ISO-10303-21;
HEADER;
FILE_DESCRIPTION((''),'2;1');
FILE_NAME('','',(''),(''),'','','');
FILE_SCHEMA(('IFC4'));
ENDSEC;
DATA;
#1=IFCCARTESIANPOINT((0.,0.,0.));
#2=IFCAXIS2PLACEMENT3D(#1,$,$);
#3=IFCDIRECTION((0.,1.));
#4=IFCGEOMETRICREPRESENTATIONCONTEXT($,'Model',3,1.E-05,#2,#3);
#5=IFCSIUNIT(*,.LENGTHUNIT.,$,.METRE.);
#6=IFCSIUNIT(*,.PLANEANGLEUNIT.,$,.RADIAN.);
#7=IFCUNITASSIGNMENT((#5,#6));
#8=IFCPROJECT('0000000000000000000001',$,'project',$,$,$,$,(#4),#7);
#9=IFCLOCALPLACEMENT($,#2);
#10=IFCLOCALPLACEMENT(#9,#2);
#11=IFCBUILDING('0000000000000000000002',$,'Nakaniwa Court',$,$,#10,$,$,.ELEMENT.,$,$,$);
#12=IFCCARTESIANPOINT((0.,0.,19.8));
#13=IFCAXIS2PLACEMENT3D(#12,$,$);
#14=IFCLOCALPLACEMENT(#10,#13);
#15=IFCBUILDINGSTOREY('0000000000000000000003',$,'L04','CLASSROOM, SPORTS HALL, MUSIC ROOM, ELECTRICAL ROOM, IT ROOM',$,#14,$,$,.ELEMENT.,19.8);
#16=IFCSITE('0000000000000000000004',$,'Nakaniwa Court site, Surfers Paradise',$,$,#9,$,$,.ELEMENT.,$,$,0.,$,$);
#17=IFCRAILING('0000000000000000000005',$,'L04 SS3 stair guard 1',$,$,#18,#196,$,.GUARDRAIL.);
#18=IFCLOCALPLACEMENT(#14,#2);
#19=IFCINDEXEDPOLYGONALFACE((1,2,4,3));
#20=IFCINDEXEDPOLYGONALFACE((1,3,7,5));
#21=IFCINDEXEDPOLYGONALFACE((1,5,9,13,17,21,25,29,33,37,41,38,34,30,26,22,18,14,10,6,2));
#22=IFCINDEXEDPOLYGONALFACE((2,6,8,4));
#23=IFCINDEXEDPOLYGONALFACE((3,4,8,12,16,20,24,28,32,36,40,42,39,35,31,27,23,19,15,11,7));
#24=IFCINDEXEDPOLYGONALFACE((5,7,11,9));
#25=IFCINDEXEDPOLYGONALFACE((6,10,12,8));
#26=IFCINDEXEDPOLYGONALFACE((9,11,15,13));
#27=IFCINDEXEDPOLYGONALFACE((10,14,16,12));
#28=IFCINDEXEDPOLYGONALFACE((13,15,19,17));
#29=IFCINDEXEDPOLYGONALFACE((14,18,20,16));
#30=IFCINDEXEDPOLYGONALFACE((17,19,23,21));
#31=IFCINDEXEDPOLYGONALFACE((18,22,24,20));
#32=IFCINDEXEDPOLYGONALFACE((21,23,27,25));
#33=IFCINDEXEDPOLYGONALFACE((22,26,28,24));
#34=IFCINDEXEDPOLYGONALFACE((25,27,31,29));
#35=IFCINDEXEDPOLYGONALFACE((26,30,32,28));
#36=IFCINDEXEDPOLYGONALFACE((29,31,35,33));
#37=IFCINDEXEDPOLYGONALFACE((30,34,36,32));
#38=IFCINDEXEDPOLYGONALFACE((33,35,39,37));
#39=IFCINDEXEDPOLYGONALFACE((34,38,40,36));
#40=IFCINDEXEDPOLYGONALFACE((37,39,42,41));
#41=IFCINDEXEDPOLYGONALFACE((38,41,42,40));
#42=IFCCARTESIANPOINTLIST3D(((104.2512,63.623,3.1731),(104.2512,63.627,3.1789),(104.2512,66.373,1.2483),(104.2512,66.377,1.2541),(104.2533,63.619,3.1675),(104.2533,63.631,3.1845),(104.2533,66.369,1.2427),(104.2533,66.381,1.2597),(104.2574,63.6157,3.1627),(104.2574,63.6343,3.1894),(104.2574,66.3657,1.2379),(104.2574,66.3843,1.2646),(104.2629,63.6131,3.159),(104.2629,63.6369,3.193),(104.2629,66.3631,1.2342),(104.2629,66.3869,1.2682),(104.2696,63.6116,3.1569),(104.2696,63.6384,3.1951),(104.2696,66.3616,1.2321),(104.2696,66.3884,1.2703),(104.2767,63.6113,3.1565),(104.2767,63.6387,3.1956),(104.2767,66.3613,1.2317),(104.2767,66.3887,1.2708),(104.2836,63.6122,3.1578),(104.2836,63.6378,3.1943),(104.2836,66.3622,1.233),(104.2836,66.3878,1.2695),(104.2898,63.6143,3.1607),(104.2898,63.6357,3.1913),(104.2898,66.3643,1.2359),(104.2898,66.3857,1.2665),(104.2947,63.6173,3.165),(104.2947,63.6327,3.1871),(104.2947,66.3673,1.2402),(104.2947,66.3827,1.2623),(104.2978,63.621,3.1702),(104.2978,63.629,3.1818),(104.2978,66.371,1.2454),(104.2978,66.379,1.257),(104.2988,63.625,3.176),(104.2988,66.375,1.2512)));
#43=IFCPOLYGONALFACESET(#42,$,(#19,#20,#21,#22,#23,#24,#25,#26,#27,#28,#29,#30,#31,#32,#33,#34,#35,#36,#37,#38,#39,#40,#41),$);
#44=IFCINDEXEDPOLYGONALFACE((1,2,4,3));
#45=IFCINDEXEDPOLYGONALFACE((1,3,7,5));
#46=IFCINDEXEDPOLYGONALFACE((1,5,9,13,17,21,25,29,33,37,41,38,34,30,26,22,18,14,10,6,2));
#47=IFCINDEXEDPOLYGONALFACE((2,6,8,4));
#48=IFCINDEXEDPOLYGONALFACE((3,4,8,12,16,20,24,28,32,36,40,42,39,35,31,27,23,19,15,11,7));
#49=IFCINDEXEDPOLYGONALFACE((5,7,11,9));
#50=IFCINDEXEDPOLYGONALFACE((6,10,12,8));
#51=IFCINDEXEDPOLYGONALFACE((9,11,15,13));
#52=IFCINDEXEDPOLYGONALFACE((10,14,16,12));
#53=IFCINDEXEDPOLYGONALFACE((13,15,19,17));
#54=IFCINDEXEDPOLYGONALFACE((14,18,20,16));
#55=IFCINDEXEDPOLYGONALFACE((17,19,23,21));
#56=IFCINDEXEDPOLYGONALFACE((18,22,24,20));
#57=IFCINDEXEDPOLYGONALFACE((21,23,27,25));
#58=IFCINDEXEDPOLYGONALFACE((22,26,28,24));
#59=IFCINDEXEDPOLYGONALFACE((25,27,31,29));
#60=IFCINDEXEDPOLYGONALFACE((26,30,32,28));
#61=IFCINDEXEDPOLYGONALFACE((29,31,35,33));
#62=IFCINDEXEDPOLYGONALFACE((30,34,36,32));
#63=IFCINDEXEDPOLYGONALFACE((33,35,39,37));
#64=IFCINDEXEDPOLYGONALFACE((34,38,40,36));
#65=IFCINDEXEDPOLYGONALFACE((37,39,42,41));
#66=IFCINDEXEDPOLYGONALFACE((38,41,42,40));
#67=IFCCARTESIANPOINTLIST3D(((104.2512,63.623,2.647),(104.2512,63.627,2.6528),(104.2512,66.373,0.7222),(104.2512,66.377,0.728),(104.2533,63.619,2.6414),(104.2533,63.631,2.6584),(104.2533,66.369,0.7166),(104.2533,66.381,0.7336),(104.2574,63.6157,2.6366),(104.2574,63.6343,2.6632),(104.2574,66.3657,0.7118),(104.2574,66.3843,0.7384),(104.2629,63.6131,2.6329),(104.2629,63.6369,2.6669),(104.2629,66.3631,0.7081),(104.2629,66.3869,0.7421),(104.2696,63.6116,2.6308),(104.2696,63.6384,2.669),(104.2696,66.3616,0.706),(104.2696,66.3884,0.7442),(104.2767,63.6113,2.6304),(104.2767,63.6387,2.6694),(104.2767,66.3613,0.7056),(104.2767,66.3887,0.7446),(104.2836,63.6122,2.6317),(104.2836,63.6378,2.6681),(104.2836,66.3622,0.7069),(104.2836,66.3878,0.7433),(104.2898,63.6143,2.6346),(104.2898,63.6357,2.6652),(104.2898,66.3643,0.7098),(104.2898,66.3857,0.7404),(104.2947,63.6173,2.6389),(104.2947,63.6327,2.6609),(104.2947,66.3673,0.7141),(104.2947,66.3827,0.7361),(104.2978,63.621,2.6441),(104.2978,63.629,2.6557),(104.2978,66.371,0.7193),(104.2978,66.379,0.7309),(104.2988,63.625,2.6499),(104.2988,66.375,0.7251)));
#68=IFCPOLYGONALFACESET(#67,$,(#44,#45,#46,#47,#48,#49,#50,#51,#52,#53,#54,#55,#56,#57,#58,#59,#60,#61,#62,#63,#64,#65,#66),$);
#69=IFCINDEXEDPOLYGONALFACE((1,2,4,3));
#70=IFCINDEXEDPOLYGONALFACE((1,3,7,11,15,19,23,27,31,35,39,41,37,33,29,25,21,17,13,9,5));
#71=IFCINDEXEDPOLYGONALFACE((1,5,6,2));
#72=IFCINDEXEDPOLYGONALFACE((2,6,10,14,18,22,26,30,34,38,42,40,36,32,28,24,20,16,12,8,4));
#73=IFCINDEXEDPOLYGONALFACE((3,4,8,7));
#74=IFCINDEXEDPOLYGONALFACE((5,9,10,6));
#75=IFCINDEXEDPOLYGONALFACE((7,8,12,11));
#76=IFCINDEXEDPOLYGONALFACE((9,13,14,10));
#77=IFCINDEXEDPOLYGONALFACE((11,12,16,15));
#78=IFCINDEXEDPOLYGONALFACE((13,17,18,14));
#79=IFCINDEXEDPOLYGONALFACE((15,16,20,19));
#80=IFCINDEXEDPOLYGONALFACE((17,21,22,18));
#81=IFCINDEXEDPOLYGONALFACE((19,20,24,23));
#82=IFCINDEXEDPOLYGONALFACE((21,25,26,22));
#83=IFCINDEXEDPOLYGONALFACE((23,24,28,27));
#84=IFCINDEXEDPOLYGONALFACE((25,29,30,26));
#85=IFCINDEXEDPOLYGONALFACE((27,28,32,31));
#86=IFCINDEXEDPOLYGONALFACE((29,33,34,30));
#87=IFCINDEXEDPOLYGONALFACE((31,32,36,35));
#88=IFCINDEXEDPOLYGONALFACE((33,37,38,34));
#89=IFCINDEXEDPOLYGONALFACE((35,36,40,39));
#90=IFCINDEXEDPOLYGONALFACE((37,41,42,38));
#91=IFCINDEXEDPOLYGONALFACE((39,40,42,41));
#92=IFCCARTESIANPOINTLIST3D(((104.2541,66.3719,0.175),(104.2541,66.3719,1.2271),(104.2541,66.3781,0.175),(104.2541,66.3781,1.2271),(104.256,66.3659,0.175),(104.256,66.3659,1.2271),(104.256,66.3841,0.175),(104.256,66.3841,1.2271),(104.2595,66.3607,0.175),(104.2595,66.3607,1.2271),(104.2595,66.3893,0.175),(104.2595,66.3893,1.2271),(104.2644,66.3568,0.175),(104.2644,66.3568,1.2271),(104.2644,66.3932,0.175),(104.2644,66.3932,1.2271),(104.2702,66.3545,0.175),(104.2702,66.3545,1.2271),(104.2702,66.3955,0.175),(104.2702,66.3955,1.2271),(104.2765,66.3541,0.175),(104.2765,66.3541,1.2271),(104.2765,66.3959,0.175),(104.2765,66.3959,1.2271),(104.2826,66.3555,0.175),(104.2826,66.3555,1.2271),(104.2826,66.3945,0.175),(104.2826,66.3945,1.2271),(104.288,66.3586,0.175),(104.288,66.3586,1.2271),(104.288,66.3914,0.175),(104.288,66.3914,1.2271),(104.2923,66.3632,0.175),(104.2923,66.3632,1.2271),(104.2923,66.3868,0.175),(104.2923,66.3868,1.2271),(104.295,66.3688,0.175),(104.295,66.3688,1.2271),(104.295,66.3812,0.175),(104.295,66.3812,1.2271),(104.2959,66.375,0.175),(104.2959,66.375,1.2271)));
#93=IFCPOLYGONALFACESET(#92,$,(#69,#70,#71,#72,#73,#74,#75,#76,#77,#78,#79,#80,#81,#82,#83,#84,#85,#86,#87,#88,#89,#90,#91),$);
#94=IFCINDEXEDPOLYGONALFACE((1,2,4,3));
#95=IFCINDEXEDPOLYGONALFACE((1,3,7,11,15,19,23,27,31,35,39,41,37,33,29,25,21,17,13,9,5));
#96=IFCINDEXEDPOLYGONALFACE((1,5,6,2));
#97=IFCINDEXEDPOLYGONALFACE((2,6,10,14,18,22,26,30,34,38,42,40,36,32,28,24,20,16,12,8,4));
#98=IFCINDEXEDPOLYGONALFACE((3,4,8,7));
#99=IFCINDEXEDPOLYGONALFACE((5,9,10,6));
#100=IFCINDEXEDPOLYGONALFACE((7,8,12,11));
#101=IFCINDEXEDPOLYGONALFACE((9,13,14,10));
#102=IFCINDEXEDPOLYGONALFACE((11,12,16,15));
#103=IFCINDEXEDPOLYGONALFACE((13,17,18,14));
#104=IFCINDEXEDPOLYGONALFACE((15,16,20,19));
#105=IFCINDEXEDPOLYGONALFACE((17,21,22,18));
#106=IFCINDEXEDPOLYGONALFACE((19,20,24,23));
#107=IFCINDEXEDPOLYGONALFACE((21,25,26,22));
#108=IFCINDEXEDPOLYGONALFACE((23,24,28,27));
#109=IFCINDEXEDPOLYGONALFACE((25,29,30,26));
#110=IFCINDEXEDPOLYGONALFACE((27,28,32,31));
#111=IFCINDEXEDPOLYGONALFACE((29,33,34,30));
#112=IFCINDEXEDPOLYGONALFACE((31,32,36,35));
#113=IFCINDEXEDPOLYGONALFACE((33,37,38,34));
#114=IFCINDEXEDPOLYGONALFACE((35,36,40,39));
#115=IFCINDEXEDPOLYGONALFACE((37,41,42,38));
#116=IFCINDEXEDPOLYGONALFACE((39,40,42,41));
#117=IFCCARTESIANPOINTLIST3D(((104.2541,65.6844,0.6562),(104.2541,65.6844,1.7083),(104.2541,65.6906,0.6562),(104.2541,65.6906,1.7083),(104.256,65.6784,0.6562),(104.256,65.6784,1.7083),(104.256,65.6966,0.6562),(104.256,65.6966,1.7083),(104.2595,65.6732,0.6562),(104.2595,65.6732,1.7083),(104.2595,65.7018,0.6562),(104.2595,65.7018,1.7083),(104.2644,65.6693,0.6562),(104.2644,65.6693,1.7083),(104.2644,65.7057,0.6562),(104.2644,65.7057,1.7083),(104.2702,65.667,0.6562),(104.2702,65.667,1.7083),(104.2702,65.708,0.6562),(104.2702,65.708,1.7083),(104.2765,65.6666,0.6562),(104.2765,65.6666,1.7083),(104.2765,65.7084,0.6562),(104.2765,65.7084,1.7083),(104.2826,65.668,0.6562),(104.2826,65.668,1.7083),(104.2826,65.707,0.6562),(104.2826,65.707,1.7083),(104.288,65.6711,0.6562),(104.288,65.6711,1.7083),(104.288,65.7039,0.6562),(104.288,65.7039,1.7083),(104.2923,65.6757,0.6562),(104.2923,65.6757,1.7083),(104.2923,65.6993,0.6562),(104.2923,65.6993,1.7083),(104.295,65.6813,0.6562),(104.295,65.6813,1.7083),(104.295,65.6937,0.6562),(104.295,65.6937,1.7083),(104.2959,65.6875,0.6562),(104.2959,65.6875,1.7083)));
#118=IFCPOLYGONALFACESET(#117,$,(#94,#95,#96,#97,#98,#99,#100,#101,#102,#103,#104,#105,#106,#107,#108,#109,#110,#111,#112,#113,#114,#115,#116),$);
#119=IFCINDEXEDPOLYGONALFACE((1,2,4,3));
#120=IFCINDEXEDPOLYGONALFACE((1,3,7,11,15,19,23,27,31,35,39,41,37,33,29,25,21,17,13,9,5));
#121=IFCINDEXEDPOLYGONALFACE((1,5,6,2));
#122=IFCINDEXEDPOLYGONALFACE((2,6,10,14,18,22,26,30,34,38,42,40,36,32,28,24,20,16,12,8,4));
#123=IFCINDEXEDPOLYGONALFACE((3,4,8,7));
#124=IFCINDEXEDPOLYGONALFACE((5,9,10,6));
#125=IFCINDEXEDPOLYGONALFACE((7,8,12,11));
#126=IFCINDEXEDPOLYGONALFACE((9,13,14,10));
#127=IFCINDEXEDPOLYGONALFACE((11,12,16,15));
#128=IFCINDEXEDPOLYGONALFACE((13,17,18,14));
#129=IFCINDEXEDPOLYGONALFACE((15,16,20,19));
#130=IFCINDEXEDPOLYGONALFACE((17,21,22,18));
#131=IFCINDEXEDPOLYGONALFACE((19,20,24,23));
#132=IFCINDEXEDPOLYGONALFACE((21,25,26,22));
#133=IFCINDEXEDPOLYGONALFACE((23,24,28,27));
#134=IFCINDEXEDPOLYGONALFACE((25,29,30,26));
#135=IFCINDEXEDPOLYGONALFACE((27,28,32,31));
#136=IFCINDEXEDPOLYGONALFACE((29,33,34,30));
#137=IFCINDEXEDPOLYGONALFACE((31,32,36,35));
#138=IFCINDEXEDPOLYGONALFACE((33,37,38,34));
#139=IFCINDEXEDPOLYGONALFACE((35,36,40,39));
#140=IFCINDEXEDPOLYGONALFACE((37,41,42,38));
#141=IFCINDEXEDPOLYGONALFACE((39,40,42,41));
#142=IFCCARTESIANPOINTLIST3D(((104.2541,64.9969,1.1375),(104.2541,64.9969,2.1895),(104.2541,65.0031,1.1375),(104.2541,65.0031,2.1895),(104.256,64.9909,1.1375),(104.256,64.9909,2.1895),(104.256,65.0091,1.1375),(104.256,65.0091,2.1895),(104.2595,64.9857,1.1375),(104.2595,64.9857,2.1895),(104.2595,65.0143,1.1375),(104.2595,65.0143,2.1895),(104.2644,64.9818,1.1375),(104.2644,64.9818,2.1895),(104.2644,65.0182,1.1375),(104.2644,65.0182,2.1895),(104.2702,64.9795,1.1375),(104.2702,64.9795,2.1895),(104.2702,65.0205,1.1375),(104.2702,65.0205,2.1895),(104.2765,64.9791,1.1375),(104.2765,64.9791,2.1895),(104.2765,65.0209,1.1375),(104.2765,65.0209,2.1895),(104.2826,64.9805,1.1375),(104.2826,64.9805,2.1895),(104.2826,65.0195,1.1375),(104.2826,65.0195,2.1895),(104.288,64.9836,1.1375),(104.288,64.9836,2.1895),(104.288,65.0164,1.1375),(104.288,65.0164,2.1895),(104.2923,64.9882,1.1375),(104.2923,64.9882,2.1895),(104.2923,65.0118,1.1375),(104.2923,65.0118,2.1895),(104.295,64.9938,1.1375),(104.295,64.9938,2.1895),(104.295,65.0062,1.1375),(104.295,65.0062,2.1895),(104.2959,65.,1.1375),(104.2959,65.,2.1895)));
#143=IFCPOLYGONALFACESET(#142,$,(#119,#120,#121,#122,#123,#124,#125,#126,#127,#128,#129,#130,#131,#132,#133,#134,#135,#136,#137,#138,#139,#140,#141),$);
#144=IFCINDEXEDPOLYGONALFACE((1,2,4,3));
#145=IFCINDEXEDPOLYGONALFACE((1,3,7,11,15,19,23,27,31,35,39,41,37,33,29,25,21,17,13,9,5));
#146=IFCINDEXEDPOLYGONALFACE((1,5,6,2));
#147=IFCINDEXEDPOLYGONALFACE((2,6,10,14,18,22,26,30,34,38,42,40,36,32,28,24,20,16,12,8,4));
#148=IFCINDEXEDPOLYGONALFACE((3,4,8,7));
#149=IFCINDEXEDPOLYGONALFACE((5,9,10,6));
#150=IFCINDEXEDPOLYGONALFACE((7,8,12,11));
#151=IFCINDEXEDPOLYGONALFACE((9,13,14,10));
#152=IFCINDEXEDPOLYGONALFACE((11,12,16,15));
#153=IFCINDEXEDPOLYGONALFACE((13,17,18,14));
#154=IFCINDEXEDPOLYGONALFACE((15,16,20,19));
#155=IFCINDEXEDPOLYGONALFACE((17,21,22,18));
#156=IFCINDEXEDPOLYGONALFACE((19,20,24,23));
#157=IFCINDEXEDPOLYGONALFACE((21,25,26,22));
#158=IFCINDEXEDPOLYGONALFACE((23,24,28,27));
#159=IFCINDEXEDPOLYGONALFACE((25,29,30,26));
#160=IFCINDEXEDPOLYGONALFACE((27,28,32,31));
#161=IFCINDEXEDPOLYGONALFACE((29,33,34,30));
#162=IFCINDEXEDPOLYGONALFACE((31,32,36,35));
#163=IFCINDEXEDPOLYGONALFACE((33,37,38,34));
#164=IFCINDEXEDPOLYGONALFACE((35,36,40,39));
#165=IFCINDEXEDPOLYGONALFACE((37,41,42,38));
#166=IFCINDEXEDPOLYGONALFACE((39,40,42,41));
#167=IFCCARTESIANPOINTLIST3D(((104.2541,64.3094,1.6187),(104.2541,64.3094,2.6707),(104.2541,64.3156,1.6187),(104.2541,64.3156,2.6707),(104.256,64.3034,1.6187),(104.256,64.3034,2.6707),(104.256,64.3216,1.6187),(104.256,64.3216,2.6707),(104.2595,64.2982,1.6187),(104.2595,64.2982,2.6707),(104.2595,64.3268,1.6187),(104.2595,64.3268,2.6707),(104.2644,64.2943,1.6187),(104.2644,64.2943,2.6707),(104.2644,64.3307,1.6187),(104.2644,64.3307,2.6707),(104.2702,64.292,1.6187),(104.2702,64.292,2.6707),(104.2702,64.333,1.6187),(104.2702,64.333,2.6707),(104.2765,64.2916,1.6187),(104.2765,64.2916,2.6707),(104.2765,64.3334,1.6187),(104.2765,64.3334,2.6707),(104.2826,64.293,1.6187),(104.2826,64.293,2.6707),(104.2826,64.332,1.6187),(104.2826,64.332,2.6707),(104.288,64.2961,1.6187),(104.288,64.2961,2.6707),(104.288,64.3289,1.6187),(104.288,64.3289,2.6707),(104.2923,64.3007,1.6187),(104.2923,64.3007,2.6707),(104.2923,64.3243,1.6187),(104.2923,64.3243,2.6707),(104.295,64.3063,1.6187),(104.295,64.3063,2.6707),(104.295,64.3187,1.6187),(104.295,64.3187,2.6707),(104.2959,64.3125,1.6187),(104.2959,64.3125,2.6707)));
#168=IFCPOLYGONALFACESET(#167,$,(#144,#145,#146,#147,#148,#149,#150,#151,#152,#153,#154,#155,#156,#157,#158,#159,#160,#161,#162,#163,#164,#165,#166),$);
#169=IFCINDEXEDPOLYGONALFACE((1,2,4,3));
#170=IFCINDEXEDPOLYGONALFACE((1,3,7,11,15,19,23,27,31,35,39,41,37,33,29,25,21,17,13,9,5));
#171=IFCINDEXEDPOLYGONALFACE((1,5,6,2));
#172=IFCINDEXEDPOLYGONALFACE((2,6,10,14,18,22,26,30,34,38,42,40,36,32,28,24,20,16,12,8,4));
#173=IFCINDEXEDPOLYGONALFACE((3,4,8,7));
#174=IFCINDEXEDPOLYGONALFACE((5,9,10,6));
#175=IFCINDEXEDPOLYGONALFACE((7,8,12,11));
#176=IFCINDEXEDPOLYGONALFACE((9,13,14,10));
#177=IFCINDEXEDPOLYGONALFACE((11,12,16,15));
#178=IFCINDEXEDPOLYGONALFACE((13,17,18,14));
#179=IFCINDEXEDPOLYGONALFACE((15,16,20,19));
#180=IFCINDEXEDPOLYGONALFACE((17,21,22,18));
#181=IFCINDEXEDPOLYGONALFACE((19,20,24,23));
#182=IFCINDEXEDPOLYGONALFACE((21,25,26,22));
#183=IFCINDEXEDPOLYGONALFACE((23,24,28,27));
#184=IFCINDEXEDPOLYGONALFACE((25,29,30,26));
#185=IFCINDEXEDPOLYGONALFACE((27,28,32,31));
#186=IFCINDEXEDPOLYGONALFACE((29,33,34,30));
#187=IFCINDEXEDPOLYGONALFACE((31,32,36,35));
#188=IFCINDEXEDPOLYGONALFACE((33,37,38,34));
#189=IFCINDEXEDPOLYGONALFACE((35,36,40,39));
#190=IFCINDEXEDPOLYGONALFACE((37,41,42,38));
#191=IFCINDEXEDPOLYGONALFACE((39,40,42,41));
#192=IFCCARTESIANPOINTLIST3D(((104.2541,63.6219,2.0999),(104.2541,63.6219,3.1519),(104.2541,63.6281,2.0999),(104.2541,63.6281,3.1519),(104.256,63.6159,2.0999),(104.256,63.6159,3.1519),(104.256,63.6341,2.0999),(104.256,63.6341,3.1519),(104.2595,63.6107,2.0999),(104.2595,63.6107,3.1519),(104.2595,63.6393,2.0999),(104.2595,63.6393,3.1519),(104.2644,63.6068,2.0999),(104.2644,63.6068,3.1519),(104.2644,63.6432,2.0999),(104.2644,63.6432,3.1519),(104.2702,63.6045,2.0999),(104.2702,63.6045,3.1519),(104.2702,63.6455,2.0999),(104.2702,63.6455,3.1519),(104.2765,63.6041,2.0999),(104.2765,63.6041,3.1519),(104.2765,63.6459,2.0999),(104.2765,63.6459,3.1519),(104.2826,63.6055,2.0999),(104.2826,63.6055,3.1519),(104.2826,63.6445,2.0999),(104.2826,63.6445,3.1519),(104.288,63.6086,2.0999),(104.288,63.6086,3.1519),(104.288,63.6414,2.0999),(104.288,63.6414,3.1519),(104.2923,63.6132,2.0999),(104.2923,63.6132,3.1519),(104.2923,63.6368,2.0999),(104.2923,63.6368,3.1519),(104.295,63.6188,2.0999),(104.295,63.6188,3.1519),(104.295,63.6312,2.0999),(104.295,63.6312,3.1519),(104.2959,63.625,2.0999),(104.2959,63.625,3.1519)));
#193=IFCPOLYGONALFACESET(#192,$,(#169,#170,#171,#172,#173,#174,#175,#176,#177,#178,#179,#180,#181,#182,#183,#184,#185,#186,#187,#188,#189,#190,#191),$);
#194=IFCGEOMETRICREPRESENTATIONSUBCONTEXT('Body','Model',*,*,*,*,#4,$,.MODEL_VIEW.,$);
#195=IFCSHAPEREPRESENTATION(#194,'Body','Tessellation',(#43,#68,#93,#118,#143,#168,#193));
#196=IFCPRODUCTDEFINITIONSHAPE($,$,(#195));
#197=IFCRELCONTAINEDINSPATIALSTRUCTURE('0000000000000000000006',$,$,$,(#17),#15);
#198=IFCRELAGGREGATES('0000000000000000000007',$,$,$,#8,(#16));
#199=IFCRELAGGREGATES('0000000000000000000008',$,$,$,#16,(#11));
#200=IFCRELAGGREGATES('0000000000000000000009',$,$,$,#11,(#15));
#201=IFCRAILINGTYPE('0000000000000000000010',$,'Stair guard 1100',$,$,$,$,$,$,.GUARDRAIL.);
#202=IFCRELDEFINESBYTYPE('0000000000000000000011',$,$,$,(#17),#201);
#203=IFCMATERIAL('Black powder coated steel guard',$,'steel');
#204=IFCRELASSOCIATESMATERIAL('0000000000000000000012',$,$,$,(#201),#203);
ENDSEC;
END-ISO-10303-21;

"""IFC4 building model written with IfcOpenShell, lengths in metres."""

from ifc_helpers import new_model, si_unit, direction, frame, origin, origin_2d, place, context, subcontext, project, spatial, circle, extrude, material, type_object, element, save


model = new_model("IFC4")

# Units and contexts
model_context = context("Model", 3, precision=1e-05, world=origin(), true_north=direction((0.0, 1.0)))
body_context = subcontext(model_context, "Body", "Model", "MODEL_VIEW")
ifc_project = project(units=[si_unit("LENGTHUNIT", "METRE"), si_unit("PLANEANGLEUNIT", "RADIAN")], contexts=[model_context])

# Site, building, storey
site_placement = place(None, origin())
site = spatial("IfcSite", under=ifc_project, at=site_placement, Name="Nakaniwa Court site, Surfers Paradise", CompositionType="ELEMENT", RefElevation=0.0)
building_placement = place(site_placement, origin())
building = spatial("IfcBuilding", under=site, at=building_placement, Name="Nakaniwa Court", CompositionType="ELEMENT")
storey_placement = place(building_placement, frame((0.0, 0.0, 19.8)))
storey = spatial("IfcBuildingStorey", under=building, at=storey_placement, Name="L04", Description="CLASSROOM, SPORTS HALL, MUSIC ROOM, ELECTRICAL ROOM, IT ROOM", CompositionType="ELEMENT", Elevation=19.8)

# Railing
ifc_material_1 = material(Name="Black powder coated steel guard", Category="steel")
railing_type_1 = type_object("IfcRailingType", Name="Stair guard 1100", PredefinedType="GUARDRAIL", material=ifc_material_1)
railing_1_placement = place(storey_placement, frame((104.2749, 66.375, 0.175)))
element("IfcRailing", 1, at=railing_1_placement, inside=storey, type_object=railing_type_1, Name="L04 SS3 stair guard 1", PredefinedType="GUARDRAIL", context=body_context, shape_type="SweptSolid", body=[
    extrude(circle(Radius=0.0239, at=origin_2d()), frame((0.0, 0.0, 1.0762), z_axis=(0.0, -0.819259, 0.573423), x_axis=(1.0, 0.0, 0.0)), (0.0, 0.0, 1.0), 3.3567),
    extrude(circle(Radius=0.0239, at=origin_2d()), frame((0.0, 0.0, 0.55), z_axis=(0.0, -0.819259, 0.573423), x_axis=(1.0, 0.0, 0.0)), (0.0, 0.0, 1.0), 3.3567),
    extrude(circle(Radius=0.021, at=origin_2d()), origin(), (0.0, 0.0, 1.0), 1.052),
    extrude(circle(Radius=0.021, at=origin_2d()), frame((0.0, -0.6875, 0.4812)), (0.0, 0.0, 1.0), 1.052),
    extrude(circle(Radius=0.021, at=origin_2d()), frame((0.0, -1.375, 0.9624)), (0.0, 0.0, 1.0), 1.052),
    extrude(circle(Radius=0.021, at=origin_2d()), frame((0.0, -2.0625, 1.4436)), (0.0, 0.0, 1.0), 1.052),
    extrude(circle(Radius=0.021, at=origin_2d()), frame((0.0, -2.75, 1.9248)), (0.0, 0.0, 1.0), 1.052),
])

save(model, "model.ifc")
